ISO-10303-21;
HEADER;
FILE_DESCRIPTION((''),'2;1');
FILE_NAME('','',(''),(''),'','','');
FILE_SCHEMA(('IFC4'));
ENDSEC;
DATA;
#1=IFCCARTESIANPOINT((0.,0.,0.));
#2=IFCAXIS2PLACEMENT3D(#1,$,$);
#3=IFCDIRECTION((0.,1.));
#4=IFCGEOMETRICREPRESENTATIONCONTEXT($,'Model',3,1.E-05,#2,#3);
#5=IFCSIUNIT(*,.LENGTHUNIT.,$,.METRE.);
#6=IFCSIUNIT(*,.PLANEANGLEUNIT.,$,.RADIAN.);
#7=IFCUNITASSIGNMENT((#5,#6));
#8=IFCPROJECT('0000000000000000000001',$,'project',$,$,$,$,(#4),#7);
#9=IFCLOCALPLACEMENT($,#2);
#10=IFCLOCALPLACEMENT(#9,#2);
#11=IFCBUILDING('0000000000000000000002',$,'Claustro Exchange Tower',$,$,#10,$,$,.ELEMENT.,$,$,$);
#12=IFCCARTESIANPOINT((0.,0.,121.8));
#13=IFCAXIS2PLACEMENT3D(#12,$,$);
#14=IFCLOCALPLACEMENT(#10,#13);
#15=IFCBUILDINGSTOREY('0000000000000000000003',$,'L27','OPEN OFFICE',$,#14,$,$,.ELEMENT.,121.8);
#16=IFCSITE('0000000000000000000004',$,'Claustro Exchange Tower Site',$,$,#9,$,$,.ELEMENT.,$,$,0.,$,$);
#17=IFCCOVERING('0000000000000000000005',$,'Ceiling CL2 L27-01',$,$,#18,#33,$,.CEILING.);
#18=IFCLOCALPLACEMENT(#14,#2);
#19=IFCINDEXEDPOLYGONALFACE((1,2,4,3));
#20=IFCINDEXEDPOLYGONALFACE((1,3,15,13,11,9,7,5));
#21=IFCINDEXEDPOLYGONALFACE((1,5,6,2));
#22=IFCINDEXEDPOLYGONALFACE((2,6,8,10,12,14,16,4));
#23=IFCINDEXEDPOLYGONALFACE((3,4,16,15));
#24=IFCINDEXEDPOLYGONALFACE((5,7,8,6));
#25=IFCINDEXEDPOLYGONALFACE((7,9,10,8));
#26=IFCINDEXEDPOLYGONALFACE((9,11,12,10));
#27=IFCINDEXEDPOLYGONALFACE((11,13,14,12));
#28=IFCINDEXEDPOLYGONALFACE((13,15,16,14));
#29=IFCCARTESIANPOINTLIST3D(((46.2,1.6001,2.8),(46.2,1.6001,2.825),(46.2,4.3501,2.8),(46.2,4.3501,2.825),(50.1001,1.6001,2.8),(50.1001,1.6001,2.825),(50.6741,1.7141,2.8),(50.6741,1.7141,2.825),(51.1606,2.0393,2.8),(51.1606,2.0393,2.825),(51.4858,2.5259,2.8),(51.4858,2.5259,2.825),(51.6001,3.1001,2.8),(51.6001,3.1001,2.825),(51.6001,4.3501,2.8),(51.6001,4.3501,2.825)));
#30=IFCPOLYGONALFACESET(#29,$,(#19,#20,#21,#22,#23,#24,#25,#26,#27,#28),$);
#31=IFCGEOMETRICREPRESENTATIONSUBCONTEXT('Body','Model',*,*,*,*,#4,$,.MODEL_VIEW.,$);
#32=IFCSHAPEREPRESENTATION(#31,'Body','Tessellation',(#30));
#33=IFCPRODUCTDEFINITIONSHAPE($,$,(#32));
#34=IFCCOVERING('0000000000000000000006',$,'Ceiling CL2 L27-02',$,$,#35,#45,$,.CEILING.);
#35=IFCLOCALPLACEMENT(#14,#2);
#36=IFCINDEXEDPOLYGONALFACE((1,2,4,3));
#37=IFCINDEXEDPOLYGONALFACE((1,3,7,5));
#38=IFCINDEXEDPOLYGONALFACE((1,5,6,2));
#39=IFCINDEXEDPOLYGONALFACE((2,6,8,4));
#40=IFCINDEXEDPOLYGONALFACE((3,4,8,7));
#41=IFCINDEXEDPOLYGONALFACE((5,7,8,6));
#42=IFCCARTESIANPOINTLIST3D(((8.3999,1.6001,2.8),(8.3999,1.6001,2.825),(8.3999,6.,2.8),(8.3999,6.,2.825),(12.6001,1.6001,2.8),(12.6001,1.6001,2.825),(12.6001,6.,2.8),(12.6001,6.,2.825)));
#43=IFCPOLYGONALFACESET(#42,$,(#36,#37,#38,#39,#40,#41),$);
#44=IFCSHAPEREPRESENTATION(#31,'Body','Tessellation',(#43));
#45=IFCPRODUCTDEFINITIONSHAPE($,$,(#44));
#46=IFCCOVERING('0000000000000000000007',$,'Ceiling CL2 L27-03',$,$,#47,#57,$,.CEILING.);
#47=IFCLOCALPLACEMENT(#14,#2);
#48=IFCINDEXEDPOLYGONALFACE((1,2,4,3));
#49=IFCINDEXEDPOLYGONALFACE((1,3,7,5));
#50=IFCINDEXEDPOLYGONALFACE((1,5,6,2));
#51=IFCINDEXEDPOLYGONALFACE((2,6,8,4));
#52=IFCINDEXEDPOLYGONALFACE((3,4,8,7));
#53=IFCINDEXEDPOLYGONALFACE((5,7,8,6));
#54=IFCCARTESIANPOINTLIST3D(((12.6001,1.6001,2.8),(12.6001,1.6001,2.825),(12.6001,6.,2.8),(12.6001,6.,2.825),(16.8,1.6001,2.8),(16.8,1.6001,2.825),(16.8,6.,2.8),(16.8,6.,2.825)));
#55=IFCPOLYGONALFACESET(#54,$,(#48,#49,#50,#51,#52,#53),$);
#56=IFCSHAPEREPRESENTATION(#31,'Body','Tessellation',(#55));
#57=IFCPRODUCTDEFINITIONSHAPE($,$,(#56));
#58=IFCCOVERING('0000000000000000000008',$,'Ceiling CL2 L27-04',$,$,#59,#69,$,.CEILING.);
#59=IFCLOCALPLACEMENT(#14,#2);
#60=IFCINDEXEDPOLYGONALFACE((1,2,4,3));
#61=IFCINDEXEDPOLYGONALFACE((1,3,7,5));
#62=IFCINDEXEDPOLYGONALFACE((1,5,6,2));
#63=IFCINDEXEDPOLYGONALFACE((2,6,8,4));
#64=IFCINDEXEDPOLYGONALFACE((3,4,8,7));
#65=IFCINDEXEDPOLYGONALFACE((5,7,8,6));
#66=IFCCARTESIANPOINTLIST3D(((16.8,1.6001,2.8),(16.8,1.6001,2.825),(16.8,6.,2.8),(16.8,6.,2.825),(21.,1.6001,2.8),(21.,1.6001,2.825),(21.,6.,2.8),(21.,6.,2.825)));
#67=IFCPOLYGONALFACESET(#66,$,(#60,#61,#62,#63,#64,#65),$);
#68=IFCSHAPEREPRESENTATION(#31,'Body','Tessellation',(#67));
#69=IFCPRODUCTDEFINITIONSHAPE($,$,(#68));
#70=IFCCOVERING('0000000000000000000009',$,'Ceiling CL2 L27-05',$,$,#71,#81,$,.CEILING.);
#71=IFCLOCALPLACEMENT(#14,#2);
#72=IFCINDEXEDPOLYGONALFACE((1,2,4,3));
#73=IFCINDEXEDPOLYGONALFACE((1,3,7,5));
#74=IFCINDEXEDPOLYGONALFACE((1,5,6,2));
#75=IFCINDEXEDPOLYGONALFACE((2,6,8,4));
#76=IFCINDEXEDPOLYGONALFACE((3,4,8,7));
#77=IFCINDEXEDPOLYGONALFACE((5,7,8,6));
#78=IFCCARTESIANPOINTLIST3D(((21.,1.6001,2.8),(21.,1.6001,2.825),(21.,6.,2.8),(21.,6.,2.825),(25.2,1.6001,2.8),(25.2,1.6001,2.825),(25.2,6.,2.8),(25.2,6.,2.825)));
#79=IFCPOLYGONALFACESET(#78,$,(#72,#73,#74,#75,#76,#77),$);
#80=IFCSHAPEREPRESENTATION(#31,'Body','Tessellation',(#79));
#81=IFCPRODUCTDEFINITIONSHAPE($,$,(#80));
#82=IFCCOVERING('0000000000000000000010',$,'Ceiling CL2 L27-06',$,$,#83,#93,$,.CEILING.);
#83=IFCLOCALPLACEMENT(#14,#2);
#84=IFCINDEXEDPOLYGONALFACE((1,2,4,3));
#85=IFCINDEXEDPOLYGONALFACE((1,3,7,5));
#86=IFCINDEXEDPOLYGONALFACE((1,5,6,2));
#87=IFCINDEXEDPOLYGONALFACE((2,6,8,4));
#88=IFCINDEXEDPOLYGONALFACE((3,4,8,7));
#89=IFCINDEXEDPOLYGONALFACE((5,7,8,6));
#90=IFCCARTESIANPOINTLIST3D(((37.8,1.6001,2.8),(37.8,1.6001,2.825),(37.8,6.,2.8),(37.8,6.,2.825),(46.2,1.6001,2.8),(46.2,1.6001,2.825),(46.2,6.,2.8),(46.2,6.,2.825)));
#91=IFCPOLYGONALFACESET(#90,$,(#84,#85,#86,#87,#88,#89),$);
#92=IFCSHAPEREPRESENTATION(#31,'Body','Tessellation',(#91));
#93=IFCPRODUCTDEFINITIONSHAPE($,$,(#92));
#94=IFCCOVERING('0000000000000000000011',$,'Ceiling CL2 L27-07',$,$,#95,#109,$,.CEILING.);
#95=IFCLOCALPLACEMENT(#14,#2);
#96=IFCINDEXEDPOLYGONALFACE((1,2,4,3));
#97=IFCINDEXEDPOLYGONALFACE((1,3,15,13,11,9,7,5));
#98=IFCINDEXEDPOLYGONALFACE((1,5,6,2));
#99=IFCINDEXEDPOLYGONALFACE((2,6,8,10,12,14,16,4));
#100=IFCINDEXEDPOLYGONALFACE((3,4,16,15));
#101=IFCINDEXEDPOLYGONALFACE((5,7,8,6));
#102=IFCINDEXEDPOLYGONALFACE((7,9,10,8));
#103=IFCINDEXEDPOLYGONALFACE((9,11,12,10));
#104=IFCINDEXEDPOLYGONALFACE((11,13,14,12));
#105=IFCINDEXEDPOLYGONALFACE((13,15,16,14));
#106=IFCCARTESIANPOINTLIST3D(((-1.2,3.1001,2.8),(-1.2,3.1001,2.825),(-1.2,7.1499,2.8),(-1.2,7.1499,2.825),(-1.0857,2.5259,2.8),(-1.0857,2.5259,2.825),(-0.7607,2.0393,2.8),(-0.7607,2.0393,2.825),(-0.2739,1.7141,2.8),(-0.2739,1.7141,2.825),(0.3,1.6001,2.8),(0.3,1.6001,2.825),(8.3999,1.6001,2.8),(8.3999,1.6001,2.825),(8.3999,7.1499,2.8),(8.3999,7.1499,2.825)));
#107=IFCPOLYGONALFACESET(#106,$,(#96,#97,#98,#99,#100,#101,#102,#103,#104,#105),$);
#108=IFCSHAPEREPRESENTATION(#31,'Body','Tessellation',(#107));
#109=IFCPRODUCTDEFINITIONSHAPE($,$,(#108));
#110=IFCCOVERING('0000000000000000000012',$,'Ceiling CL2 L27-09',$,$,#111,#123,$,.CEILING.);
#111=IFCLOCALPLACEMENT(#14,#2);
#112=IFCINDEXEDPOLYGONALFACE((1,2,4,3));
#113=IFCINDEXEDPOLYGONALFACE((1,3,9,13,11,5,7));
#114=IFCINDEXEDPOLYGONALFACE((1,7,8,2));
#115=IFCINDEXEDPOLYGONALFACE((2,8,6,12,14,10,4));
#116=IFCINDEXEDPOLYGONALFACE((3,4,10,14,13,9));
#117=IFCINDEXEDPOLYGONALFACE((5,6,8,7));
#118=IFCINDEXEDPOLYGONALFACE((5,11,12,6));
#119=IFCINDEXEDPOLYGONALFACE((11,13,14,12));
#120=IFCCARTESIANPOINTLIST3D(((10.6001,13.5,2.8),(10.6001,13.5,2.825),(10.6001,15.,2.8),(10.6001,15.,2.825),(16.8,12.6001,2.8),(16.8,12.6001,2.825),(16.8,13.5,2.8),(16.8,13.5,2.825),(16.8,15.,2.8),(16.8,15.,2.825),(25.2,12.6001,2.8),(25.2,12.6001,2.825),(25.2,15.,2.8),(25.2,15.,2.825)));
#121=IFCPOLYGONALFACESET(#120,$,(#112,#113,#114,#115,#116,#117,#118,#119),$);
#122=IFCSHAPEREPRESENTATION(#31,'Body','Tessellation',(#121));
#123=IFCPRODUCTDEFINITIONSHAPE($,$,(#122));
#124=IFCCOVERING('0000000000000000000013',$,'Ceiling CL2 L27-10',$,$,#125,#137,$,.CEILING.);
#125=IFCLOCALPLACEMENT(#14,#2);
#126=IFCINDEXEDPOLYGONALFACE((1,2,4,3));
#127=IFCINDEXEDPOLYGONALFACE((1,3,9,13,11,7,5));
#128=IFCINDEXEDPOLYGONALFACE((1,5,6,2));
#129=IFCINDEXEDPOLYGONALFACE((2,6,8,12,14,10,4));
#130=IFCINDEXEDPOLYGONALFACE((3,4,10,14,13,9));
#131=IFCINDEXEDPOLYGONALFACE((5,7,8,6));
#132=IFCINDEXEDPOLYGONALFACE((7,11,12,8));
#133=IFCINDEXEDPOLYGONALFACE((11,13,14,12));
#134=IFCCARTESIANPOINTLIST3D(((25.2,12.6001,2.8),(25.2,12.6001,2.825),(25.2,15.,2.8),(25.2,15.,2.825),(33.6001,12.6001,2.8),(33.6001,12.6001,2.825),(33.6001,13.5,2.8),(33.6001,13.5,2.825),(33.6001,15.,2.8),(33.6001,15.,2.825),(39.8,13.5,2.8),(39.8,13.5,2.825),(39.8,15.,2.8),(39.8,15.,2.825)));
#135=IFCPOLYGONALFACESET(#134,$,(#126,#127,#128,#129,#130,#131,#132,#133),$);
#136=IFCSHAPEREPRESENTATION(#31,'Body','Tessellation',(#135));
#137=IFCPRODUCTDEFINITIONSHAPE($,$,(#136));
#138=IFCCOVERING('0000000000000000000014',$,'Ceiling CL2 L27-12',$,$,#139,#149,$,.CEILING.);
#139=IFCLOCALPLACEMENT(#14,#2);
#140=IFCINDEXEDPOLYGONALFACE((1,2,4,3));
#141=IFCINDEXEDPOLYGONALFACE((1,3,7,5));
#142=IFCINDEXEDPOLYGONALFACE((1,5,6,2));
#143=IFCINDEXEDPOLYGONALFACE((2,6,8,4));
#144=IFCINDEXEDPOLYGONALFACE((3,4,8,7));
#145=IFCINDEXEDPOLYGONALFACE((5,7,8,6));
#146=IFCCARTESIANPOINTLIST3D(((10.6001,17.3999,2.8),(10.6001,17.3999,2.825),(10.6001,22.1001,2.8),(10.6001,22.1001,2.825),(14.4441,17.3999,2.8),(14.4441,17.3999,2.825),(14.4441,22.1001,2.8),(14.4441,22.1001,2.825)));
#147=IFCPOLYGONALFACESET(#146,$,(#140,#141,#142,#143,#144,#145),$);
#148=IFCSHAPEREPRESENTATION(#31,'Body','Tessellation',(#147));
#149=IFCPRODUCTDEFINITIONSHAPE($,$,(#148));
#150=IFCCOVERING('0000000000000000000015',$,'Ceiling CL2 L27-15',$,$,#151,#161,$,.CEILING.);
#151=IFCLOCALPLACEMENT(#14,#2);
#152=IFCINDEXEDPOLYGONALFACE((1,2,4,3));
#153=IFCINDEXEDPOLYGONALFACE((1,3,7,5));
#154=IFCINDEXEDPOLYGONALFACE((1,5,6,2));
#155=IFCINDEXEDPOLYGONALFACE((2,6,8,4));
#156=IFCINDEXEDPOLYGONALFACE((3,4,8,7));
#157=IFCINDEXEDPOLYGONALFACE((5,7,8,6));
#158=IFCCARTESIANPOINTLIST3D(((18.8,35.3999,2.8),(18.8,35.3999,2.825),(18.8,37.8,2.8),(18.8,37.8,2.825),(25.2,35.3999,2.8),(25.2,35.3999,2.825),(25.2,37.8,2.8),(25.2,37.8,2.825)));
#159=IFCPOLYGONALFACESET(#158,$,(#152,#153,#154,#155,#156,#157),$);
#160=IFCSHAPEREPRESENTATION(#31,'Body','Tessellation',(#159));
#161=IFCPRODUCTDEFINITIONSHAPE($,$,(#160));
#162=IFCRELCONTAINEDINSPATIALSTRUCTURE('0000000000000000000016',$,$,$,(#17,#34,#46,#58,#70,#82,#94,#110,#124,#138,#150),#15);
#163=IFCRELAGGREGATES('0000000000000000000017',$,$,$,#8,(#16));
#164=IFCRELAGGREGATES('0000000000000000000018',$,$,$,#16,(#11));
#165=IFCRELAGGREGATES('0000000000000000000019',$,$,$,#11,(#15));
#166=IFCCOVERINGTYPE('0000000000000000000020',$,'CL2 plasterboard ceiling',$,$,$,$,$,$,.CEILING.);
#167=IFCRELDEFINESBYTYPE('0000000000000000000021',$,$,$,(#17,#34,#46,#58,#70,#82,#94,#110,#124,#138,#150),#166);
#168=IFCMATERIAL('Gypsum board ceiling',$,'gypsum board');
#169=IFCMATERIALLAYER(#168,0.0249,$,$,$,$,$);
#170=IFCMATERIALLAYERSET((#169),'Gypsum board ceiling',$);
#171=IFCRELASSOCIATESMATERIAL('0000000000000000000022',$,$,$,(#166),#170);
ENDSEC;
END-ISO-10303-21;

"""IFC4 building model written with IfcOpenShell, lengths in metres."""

from ifc_helpers import new_model, si_unit, direction, frame, origin, place, context, subcontext, project, spatial, polyline, outline, extrude, material, layer, layer_set, type_object, element, save


model = new_model("IFC4")

# Units and contexts
model_context = context("Model", 3, precision=1e-05, world=origin(), true_north=direction((0.0, 1.0)))
body_context = subcontext(model_context, "Body", "Model", "MODEL_VIEW")
ifc_project = project(units=[si_unit("LENGTHUNIT", "METRE"), si_unit("PLANEANGLEUNIT", "RADIAN")], contexts=[model_context])

# Site, building, storey
site_placement = place(None, origin())
site = spatial("IfcSite", under=ifc_project, at=site_placement, Name="Claustro Exchange Tower Site", CompositionType="ELEMENT", RefElevation=0.0)
building_placement = place(site_placement, origin())
building = spatial("IfcBuilding", under=site, at=building_placement, Name="Claustro Exchange Tower", CompositionType="ELEMENT")
storey_placement = place(building_placement, frame((0.0, 0.0, 121.8)))
storey = spatial("IfcBuildingStorey", under=building, at=storey_placement, Name="L27", Description="OPEN OFFICE", CompositionType="ELEMENT", Elevation=121.8)

# Coverings
ifc_material_1 = material(Name="Gypsum board ceiling", Category="gypsum board")
ifc_layer_1 = layer(ifc_material_1, 0.0249)
ifc_layer_set_1 = layer_set([ifc_layer_1], Name="Gypsum board ceiling")
covering_type_1 = type_object("IfcCoveringType", Name="CL2 plasterboard ceiling", PredefinedType="CEILING", material=ifc_layer_set_1)
covering_1_placement = place(storey_placement, frame((0.0, 0.0, 2.8)))
element("IfcCovering", 1, at=covering_1_placement, inside=storey, type_object=covering_type_1, Name="Ceiling CL2 L27-01", PredefinedType="CEILING", context=body_context, shape_type="SweptSolid", body=[
    extrude(outline(polyline([(51.6001, 3.1001), (51.6001, 4.3501), (46.2, 4.3501), (46.2, 1.6001), (50.1001, 1.6001), (50.6741, 1.7141), (51.1606, 2.0393), (51.4858, 2.5259), (51.6001, 3.1001)])), origin(), (0.0, 0.0, 1.0), 0.0249),
])
covering_2_placement = place(storey_placement, frame((0.0, 0.0, 2.8)))
element("IfcCovering", 2, at=covering_2_placement, inside=storey, type_object=covering_type_1, Name="Ceiling CL2 L27-02", PredefinedType="CEILING", context=body_context, shape_type="SweptSolid", body=[
    extrude(outline(polyline([(8.3999, 1.6001), (12.6001, 1.6001), (12.6001, 6.0), (8.3999, 6.0), (8.3999, 1.6001)])), origin(), (0.0, 0.0, 1.0), 0.0249),
])
covering_3_placement = place(storey_placement, frame((0.0, 0.0, 2.8)))
element("IfcCovering", 3, at=covering_3_placement, inside=storey, type_object=covering_type_1, Name="Ceiling CL2 L27-03", PredefinedType="CEILING", context=body_context, shape_type="SweptSolid", body=[
    extrude(outline(polyline([(12.6001, 1.6001), (16.8, 1.6001), (16.8, 6.0), (12.6001, 6.0), (12.6001, 1.6001)])), origin(), (0.0, 0.0, 1.0), 0.0249),
])
covering_4_placement = place(storey_placement, frame((0.0, 0.0, 2.8)))
element("IfcCovering", 4, at=covering_4_placement, inside=storey, type_object=covering_type_1, Name="Ceiling CL2 L27-04", PredefinedType="CEILING", context=body_context, shape_type="SweptSolid", body=[
    extrude(outline(polyline([(16.8, 1.6001), (21.0, 1.6001), (21.0, 6.0), (16.8, 6.0), (16.8, 1.6001)])), origin(), (0.0, 0.0, 1.0), 0.0249),
])
covering_5_placement = place(storey_placement, frame((0.0, 0.0, 2.8)))
element("IfcCovering", 5, at=covering_5_placement, inside=storey, type_object=covering_type_1, Name="Ceiling CL2 L27-05", PredefinedType="CEILING", context=body_context, shape_type="SweptSolid", body=[
    extrude(outline(polyline([(21.0, 1.6001), (25.2, 1.6001), (25.2, 6.0), (21.0, 6.0), (21.0, 1.6001)])), origin(), (0.0, 0.0, 1.0), 0.0249),
])
covering_6_placement = place(storey_placement, frame((0.0, 0.0, 2.8)))
element("IfcCovering", 6, at=covering_6_placement, inside=storey, type_object=covering_type_1, Name="Ceiling CL2 L27-06", PredefinedType="CEILING", context=body_context, shape_type="SweptSolid", body=[
    extrude(outline(polyline([(37.8, 1.6001), (46.2, 1.6001), (46.2, 6.0), (37.8, 6.0), (37.8, 1.6001)])), origin(), (0.0, 0.0, 1.0), 0.0249),
])
covering_7_placement = place(storey_placement, frame((0.0, 0.0, 2.8)))
element("IfcCovering", 7, at=covering_7_placement, inside=storey, type_object=covering_type_1, Name="Ceiling CL2 L27-07", PredefinedType="CEILING", context=body_context, shape_type="SweptSolid", body=[
    extrude(outline(polyline([(-1.0857, 2.5259), (-0.7607, 2.0393), (-0.2739, 1.7141), (0.3, 1.6001), (8.3999, 1.6001), (8.3999, 7.1499), (-1.2, 7.1499), (-1.2, 3.1001), (-1.0857, 2.5259)])), origin(), (0.0, 0.0, 1.0), 0.0249),
])
covering_8_placement = place(storey_placement, frame((0.0, 0.0, 2.8)))
element("IfcCovering", 8, at=covering_8_placement, inside=storey, type_object=covering_type_1, Name="Ceiling CL2 L27-09", PredefinedType="CEILING", context=body_context, shape_type="SweptSolid", body=[
    extrude(outline(polyline([(10.6001, 15.0), (10.6001, 13.5), (16.8, 13.5), (16.8, 12.6001), (25.2, 12.6001), (25.2, 15.0), (16.8, 15.0), (16.8, 15.0), (10.6001, 15.0)])), origin(), (0.0, 0.0, 1.0), 0.0249),
])
covering_9_placement = place(storey_placement, frame((0.0, 0.0, 2.8)))
element("IfcCovering", 9, at=covering_9_placement, inside=storey, type_object=covering_type_1, Name="Ceiling CL2 L27-10", PredefinedType="CEILING", context=body_context, shape_type="SweptSolid", body=[
    extrude(outline(polyline([(39.8, 13.5), (39.8, 15.0), (33.6001, 15.0), (33.6001, 15.0), (25.2, 15.0), (25.2, 12.6001), (33.6001, 12.6001), (33.6001, 13.5), (39.8, 13.5)])), origin(), (0.0, 0.0, 1.0), 0.0249),
])
covering_10_placement = place(storey_placement, frame((0.0, 0.0, 2.8)))
element("IfcCovering", 10, at=covering_10_placement, inside=storey, type_object=covering_type_1, Name="Ceiling CL2 L27-12", PredefinedType="CEILING", context=body_context, shape_type="SweptSolid", body=[
    extrude(outline(polyline([(14.4441, 17.3999), (14.4441, 22.1001), (10.6001, 22.1001), (10.6001, 17.3999), (14.4441, 17.3999)])), origin(), (0.0, 0.0, 1.0), 0.0249),
])
covering_11_placement = place(storey_placement, frame((0.0, 0.0, 2.8)))
element("IfcCovering", 11, at=covering_11_placement, inside=storey, type_object=covering_type_1, Name="Ceiling CL2 L27-15", PredefinedType="CEILING", context=body_context, shape_type="SweptSolid", body=[
    extrude(outline(polyline([(18.8, 35.3999), (25.2, 35.3999), (25.2, 37.8), (18.8, 37.8), (18.8, 35.3999)])), origin(), (0.0, 0.0, 1.0), 0.0249),
])

save(model, "model.ifc")
